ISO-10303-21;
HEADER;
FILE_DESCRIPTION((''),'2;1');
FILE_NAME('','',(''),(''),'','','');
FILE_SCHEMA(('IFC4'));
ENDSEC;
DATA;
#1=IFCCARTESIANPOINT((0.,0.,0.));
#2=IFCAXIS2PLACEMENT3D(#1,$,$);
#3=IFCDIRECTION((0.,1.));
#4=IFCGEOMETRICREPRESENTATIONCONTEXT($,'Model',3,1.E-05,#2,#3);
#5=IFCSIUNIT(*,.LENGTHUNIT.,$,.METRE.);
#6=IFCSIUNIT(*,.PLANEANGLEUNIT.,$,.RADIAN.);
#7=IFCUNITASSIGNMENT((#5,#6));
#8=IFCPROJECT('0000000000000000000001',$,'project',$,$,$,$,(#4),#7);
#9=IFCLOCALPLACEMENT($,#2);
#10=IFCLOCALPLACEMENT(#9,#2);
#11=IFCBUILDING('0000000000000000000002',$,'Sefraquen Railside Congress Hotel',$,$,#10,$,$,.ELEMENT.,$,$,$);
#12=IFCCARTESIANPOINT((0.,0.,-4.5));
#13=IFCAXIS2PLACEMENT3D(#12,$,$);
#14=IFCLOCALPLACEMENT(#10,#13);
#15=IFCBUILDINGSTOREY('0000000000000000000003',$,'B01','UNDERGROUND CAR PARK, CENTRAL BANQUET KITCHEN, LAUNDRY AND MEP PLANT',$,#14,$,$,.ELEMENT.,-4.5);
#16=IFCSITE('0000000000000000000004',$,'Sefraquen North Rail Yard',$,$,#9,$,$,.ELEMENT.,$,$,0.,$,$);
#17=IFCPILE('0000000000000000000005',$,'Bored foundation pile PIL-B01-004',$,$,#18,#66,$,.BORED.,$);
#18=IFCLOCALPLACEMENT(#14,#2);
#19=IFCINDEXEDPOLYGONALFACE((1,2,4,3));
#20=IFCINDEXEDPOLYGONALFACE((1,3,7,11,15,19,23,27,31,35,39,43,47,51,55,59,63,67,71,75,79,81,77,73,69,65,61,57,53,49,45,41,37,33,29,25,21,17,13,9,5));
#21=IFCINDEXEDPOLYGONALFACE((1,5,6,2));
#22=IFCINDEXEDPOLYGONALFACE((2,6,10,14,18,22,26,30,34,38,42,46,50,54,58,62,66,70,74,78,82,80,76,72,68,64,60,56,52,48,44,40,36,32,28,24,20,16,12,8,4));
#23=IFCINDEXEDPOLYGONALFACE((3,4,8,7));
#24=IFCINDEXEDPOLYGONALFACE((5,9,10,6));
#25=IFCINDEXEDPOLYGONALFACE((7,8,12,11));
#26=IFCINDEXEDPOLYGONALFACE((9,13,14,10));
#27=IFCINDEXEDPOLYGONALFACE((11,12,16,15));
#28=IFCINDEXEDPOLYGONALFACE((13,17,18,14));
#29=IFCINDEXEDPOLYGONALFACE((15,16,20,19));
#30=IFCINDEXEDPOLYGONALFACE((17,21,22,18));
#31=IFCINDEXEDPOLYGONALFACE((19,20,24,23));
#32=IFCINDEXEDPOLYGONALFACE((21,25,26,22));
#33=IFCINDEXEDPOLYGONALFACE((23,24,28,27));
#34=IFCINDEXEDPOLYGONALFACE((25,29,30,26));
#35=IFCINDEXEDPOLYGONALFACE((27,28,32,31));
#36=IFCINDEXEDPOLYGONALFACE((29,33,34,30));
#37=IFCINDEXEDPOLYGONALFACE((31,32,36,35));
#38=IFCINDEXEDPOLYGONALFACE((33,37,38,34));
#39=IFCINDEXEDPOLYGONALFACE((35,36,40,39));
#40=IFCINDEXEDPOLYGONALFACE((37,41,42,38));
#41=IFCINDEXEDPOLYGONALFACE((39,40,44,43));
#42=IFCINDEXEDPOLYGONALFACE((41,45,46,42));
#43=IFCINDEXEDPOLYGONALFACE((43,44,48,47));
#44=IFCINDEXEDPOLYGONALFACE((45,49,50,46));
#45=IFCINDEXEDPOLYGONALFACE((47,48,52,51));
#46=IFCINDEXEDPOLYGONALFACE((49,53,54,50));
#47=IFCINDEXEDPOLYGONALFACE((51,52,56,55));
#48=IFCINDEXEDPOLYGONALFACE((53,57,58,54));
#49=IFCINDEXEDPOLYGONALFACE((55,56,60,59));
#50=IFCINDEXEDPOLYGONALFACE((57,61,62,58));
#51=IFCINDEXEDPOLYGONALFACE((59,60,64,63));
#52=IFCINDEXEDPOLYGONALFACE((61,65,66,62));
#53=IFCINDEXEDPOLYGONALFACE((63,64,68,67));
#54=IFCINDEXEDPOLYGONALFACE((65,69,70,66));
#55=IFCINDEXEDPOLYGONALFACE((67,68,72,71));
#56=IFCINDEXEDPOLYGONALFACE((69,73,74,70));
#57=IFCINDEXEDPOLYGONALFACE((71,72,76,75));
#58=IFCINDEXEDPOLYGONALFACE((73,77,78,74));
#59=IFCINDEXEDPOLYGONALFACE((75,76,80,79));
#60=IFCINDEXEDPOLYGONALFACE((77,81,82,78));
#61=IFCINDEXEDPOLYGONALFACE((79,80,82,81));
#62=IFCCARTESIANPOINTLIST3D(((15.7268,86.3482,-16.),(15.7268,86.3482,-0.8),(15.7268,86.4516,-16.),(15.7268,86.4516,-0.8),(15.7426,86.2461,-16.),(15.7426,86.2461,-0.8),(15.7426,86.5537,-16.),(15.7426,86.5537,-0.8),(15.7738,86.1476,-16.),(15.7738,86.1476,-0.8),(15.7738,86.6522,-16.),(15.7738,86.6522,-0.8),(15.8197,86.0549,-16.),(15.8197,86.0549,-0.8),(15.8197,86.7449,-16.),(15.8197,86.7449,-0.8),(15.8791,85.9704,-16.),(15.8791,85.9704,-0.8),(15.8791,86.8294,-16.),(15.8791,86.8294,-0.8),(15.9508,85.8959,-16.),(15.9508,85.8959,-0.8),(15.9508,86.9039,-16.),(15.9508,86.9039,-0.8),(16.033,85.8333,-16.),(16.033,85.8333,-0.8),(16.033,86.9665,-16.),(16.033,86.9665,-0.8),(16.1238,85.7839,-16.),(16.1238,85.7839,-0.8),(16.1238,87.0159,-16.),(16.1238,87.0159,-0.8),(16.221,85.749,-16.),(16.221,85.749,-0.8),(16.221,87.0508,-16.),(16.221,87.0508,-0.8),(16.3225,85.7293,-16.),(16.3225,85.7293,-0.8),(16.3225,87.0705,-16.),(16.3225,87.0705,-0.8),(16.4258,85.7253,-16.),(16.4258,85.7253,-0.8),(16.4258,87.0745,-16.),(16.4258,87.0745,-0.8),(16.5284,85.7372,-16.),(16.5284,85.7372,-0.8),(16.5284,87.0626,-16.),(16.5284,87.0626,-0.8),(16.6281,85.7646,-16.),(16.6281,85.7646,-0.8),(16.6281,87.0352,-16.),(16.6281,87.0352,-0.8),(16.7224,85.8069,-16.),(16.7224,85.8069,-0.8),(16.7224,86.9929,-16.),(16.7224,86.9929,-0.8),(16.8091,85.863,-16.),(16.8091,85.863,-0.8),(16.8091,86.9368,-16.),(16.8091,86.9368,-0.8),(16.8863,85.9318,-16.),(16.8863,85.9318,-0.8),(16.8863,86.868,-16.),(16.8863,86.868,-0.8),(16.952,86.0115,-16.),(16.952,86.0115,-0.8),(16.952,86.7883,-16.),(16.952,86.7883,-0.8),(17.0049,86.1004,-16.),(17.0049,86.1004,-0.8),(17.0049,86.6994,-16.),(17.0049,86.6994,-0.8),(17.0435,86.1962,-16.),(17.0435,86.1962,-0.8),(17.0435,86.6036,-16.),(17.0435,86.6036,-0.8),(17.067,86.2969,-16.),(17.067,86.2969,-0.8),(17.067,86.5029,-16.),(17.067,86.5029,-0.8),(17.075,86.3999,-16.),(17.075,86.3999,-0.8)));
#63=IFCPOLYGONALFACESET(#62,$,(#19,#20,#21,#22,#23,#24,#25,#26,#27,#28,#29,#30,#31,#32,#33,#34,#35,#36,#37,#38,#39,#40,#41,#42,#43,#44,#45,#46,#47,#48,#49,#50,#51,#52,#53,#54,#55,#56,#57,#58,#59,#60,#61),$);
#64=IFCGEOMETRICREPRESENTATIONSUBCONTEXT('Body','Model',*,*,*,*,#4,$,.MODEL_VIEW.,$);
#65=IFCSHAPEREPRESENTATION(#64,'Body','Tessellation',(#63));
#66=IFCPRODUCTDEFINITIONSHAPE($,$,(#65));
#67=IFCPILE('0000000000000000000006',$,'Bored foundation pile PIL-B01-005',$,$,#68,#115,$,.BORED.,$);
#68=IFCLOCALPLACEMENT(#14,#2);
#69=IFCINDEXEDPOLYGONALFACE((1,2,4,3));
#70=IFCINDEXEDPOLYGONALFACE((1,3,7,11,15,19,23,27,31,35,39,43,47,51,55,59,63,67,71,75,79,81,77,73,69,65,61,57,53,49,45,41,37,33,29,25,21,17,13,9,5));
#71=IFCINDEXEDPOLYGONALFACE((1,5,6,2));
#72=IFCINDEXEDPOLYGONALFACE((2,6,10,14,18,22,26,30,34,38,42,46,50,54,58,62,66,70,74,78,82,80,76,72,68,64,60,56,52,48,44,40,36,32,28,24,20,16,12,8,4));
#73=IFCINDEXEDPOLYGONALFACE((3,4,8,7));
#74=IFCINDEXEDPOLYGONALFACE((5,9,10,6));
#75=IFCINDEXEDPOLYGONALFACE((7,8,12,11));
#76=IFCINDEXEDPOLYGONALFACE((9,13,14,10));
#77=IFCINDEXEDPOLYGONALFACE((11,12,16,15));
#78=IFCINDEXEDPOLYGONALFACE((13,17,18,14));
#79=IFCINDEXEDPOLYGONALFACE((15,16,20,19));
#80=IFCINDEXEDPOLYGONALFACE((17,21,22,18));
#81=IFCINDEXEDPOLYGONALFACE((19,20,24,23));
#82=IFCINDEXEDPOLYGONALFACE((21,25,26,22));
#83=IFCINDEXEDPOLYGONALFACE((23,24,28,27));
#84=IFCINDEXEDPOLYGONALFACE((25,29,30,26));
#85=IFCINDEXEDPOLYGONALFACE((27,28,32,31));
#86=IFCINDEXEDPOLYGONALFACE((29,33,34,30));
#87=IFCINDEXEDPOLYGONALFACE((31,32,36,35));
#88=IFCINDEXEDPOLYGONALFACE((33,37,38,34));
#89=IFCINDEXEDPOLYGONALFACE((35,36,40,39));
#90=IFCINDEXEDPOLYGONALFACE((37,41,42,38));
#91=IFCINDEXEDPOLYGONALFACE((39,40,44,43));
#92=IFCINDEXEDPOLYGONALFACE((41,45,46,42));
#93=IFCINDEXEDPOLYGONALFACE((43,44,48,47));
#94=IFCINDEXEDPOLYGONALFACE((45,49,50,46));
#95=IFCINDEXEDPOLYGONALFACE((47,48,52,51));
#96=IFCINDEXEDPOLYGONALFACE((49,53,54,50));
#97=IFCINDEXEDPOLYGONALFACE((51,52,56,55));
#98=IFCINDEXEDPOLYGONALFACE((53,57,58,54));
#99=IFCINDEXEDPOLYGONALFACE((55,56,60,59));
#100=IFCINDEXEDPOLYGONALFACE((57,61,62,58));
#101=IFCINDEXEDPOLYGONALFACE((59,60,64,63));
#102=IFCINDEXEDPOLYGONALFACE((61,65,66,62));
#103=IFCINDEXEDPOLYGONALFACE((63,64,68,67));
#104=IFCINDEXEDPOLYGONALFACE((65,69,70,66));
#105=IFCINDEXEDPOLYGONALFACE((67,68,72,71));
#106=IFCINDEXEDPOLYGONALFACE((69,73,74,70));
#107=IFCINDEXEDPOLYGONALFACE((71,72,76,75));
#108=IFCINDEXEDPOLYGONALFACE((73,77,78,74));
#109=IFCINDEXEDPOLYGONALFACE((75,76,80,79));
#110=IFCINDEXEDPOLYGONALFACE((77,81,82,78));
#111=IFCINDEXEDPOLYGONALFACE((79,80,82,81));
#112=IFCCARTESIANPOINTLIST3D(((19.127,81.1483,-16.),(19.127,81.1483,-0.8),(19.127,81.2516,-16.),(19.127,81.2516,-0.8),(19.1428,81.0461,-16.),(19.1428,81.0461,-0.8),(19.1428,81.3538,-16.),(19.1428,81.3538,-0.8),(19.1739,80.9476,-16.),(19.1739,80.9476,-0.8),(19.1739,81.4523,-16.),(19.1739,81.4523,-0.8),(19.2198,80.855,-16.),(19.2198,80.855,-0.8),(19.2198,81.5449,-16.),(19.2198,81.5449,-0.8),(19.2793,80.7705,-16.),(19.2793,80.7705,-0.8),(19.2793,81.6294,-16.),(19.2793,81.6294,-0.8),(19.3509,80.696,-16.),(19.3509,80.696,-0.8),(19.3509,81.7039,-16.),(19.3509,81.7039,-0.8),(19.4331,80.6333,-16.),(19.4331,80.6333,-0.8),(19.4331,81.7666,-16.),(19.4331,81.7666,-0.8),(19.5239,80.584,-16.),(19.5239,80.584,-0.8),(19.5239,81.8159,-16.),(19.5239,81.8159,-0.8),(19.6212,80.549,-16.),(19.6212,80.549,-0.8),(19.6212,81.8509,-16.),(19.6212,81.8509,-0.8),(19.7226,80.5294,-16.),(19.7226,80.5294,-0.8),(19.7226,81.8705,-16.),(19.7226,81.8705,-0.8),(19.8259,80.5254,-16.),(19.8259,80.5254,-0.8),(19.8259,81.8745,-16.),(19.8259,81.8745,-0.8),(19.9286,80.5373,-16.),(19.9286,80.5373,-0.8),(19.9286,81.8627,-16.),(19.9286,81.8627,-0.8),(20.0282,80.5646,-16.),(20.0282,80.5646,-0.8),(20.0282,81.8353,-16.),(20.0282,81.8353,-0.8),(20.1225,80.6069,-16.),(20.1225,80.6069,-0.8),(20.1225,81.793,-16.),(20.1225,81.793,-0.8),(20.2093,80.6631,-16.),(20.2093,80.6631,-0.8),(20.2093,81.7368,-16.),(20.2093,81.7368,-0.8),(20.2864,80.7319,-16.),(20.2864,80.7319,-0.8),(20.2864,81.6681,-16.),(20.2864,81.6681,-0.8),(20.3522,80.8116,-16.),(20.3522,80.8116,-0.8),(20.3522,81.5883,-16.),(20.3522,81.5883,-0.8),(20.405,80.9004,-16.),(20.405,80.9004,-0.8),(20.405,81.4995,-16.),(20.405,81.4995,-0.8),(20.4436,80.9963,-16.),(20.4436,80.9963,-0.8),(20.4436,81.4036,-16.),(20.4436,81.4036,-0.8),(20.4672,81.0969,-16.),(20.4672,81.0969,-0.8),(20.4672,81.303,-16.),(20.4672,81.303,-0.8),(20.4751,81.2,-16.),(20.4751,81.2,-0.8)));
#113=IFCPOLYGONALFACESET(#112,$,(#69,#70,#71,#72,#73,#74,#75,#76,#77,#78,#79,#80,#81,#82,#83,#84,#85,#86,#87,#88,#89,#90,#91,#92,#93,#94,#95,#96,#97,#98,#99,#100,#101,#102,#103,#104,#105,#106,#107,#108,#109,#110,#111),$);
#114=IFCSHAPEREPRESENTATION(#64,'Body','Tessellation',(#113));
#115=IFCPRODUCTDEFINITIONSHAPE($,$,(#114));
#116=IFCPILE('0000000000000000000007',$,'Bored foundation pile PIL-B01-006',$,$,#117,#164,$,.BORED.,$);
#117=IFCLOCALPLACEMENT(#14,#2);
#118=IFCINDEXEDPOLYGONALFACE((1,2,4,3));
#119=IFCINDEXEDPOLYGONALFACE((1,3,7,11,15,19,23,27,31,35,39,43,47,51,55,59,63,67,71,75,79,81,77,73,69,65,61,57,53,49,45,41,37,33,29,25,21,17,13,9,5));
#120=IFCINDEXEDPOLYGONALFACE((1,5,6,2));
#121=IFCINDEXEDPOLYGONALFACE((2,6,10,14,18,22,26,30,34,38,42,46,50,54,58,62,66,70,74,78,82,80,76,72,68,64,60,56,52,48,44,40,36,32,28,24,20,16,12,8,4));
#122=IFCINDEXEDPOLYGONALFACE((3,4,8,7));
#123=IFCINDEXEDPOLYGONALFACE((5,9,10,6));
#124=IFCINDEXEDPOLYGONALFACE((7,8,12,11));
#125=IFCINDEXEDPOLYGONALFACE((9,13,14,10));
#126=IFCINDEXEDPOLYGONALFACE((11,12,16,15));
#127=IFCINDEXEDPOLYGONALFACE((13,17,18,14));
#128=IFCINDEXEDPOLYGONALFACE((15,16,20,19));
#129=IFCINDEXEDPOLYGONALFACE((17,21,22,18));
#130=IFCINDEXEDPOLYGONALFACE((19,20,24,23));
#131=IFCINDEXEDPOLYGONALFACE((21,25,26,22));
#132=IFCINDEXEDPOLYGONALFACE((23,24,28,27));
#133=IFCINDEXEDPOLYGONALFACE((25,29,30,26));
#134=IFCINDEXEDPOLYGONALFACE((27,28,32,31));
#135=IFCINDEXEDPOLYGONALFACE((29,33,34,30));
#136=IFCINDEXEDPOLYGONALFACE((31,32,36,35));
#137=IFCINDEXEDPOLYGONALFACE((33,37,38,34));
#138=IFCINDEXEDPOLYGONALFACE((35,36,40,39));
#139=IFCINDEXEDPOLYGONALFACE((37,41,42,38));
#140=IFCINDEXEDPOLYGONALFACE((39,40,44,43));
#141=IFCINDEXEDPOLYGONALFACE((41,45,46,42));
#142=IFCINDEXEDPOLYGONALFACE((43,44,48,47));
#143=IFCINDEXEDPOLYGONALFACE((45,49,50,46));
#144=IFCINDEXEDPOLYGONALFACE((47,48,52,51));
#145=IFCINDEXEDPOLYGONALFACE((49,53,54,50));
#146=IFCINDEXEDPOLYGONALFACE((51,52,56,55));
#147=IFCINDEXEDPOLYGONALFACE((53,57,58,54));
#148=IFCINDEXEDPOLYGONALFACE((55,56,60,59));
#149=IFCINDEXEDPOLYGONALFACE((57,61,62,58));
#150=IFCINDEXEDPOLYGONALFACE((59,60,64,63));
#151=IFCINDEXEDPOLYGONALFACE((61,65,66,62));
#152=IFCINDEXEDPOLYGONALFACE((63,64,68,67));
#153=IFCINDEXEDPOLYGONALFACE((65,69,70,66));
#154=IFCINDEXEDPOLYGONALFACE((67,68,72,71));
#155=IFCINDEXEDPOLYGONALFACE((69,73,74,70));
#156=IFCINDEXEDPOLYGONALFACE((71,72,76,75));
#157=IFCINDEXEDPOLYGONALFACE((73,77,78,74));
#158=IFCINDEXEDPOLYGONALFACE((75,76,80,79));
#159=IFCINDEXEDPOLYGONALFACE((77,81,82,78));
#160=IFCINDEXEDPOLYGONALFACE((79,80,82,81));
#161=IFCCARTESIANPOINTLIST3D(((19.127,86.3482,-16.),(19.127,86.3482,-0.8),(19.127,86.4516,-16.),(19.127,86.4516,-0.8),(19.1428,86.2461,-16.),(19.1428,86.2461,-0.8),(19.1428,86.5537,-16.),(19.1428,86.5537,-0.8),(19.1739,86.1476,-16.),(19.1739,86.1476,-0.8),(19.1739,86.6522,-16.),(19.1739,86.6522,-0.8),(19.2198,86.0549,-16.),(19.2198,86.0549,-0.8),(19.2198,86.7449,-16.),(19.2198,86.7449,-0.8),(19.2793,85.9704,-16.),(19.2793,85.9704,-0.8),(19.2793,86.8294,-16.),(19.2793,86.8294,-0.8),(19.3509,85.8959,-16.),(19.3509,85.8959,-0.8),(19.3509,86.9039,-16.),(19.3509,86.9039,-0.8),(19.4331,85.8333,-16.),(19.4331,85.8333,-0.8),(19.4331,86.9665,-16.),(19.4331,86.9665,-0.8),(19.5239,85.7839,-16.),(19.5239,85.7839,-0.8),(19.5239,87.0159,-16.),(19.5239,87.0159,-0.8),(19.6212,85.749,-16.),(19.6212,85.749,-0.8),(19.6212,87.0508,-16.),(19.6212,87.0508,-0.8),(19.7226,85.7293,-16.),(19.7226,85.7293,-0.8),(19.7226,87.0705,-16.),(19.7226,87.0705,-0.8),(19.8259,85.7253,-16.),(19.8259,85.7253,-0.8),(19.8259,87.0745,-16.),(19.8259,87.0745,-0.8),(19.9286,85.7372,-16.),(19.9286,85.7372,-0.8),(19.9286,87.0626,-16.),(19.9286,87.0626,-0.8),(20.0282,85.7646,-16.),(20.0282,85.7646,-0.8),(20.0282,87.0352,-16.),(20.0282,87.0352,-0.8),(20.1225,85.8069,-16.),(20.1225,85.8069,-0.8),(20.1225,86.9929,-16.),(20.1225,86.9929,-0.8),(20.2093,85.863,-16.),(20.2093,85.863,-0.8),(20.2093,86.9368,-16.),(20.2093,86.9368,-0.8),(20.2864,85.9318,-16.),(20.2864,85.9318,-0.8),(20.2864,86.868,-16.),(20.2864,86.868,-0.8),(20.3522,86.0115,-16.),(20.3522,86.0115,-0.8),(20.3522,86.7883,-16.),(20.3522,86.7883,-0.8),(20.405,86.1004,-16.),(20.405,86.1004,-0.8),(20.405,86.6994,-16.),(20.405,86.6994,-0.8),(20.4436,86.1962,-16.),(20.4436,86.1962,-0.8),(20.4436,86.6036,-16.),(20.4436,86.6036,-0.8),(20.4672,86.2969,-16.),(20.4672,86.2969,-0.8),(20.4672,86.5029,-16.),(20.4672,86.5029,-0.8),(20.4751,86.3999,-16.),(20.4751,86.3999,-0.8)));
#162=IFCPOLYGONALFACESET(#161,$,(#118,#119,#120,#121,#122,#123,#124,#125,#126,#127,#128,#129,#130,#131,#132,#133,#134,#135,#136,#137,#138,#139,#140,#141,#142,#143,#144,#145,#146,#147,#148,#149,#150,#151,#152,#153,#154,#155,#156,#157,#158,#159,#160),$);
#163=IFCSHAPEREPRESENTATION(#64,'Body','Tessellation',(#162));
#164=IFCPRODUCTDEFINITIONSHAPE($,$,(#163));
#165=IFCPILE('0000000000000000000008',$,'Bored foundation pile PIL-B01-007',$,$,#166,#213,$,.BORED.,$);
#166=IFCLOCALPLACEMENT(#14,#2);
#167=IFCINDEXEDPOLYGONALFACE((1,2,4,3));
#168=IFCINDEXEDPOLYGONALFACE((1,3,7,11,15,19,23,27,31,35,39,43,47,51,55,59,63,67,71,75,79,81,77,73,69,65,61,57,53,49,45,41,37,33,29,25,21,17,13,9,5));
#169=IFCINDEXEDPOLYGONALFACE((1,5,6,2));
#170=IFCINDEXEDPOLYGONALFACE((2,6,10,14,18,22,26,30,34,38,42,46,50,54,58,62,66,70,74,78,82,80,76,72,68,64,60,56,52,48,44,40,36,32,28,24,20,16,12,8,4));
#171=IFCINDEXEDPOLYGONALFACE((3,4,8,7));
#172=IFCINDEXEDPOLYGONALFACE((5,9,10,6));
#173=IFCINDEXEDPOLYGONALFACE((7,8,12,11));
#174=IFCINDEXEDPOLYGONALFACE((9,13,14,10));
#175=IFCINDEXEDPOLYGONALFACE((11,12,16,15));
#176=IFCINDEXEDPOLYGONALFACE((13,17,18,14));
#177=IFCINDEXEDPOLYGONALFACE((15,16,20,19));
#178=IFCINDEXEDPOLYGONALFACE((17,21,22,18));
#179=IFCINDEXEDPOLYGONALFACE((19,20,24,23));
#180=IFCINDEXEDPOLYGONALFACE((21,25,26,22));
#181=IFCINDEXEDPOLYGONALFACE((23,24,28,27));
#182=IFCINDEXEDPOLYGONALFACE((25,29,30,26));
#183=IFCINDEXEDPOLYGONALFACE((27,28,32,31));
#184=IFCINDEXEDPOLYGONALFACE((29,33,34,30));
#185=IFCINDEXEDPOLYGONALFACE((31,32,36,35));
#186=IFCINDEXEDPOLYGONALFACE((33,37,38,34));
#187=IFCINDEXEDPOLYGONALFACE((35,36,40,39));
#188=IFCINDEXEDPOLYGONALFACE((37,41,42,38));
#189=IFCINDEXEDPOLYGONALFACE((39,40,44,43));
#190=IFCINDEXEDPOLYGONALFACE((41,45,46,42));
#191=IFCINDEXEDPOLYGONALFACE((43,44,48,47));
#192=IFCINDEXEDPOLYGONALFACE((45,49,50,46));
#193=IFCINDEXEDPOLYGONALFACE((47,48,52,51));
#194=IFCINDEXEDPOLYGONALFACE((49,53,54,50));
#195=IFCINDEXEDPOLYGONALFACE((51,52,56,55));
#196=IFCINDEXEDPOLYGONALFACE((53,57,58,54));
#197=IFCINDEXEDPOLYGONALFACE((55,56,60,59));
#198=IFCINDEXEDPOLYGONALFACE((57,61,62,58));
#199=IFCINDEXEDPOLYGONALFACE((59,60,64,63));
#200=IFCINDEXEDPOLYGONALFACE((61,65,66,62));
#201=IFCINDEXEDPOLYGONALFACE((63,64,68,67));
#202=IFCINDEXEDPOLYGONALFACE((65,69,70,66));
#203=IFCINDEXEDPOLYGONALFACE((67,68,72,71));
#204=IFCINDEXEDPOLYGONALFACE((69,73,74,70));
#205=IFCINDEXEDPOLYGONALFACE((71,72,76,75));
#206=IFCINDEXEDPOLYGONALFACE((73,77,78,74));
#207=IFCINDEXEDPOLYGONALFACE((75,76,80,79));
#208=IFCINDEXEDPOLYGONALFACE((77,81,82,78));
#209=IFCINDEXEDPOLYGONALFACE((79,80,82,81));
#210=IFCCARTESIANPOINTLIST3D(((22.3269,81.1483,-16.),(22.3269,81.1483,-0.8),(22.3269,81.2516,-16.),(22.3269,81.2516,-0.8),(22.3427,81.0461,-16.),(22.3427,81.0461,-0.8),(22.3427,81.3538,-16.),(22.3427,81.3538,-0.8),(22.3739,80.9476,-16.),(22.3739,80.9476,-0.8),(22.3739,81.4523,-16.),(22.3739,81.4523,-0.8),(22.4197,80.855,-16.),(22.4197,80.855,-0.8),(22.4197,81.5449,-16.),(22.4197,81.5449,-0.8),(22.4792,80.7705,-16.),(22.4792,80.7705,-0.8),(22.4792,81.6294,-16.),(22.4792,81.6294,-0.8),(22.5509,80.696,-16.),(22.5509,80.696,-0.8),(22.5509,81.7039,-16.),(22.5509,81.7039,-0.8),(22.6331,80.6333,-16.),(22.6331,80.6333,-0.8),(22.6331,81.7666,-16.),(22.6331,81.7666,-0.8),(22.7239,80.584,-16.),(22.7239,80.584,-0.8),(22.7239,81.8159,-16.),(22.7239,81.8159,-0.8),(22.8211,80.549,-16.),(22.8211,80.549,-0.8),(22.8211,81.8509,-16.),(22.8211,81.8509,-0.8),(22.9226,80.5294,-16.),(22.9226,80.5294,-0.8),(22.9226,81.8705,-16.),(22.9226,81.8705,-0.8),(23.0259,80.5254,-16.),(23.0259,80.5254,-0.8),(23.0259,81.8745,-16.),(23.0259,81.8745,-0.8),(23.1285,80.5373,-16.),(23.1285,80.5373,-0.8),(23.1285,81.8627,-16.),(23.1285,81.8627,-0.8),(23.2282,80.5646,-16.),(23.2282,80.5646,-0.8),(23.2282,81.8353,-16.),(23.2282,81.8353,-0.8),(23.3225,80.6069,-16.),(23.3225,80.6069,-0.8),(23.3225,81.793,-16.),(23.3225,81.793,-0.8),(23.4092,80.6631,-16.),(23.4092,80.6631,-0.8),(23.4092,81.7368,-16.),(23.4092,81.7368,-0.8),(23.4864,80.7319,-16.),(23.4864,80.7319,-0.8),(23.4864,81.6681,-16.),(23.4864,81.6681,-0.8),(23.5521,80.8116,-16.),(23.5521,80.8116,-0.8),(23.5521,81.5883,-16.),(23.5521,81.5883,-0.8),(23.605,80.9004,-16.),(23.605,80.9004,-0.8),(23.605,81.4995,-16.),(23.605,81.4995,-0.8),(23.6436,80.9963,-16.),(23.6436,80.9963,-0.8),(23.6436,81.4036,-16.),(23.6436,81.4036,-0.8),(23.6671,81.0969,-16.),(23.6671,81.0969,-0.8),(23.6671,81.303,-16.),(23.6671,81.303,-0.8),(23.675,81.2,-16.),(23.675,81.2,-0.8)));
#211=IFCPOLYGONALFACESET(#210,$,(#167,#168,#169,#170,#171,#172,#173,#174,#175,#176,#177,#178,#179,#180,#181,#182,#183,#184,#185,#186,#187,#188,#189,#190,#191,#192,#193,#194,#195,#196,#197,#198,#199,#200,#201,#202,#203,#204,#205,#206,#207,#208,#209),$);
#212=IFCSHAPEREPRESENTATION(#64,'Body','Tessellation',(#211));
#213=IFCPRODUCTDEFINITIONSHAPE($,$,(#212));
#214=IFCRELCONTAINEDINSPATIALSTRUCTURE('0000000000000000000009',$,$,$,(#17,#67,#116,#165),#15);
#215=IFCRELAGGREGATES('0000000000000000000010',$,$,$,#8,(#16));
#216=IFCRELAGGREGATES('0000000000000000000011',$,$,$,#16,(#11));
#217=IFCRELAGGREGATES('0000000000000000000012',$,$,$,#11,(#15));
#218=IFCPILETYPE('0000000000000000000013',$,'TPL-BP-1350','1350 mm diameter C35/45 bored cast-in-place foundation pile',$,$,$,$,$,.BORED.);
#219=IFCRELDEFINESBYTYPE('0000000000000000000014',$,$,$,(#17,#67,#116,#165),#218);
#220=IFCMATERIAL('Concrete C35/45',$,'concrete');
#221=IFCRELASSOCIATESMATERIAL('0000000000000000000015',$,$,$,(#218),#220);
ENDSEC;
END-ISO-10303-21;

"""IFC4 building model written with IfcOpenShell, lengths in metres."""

from ifc_helpers import new_model, si_unit, direction, frame, origin, origin_2d, place, context, subcontext, project, spatial, circle, extrude, material, material_profile, profile_set, type_object, element, save


model = new_model("IFC4")

# Units and contexts
model_context = context("Model", 3, precision=1e-05, world=origin(), true_north=direction((0.0, 1.0)))
body_context = subcontext(model_context, "Body", "Model", "MODEL_VIEW")
ifc_project = project(units=[si_unit("LENGTHUNIT", "METRE"), si_unit("PLANEANGLEUNIT", "RADIAN")], contexts=[model_context])

# Site, building, storey
site_placement = place(None, origin())
site = spatial("IfcSite", under=ifc_project, at=site_placement, Name="Sefraquen North Rail Yard", CompositionType="ELEMENT", RefElevation=0.0)
building_placement = place(site_placement, origin())
building = spatial("IfcBuilding", under=site, at=building_placement, Name="Sefraquen Railside Congress Hotel", CompositionType="ELEMENT")
storey_placement = place(building_placement, frame((0.0, 0.0, -4.5)))
storey = spatial("IfcBuildingStorey", under=building, at=storey_placement, Name="B01", Description="UNDERGROUND CAR PARK, CENTRAL BANQUET KITCHEN, LAUNDRY AND MEP PLANT", CompositionType="ELEMENT", Elevation=-4.5)

# Piles
ifc_material_1 = material(Name="Concrete C35/45", Category="concrete")
ifc_material_profile_1 = material_profile(ifc_material_1, circle(Radius=0.675, at=origin_2d()), Name="BORED PILE 1350")
ifc_profile_set_1 = profile_set([ifc_material_profile_1], Name="Concrete C35/45")
pile_type = type_object("IfcPileType", Name="TPL-BP-1350", Description="1350 mm diameter C35/45 bored cast-in-place foundation pile", PredefinedType="BORED", material=ifc_profile_set_1)
for number, where, z_axis, x_axis, name in (
    (1, (16.3999, 86.3999, -0.8), (0.0, 0.0, -1.0), (1.0, 0.0, 0.0), "Bored foundation pile PIL-B01-004"),
    (2, (19.8, 81.2, -0.8), (0.0, 0.0, -1.0), (1.0, 0.0, 0.0), "Bored foundation pile PIL-B01-005"),
    (3, (19.8, 86.3999, -0.8), (0.0, 0.0, -1.0), (1.0, 0.0, 0.0), "Bored foundation pile PIL-B01-006"),
    (4, (23.0, 81.2, -0.8), (0.0, 0.0, -1.0), (1.0, 0.0, 0.0), "Bored foundation pile PIL-B01-007"),
):
    element("IfcPile", number, at=place(storey_placement, frame(where, z_axis=z_axis, x_axis=x_axis)), inside=storey, type_object=pile_type, Name=name, PredefinedType="BORED", context=body_context, shape_type="SweptSolid", body=[
        extrude(circle(Radius=0.675, at=origin_2d()), origin(), (0.0, 0.0, 1.0), 15.2),
    ])

save(model, "model.ifc")
